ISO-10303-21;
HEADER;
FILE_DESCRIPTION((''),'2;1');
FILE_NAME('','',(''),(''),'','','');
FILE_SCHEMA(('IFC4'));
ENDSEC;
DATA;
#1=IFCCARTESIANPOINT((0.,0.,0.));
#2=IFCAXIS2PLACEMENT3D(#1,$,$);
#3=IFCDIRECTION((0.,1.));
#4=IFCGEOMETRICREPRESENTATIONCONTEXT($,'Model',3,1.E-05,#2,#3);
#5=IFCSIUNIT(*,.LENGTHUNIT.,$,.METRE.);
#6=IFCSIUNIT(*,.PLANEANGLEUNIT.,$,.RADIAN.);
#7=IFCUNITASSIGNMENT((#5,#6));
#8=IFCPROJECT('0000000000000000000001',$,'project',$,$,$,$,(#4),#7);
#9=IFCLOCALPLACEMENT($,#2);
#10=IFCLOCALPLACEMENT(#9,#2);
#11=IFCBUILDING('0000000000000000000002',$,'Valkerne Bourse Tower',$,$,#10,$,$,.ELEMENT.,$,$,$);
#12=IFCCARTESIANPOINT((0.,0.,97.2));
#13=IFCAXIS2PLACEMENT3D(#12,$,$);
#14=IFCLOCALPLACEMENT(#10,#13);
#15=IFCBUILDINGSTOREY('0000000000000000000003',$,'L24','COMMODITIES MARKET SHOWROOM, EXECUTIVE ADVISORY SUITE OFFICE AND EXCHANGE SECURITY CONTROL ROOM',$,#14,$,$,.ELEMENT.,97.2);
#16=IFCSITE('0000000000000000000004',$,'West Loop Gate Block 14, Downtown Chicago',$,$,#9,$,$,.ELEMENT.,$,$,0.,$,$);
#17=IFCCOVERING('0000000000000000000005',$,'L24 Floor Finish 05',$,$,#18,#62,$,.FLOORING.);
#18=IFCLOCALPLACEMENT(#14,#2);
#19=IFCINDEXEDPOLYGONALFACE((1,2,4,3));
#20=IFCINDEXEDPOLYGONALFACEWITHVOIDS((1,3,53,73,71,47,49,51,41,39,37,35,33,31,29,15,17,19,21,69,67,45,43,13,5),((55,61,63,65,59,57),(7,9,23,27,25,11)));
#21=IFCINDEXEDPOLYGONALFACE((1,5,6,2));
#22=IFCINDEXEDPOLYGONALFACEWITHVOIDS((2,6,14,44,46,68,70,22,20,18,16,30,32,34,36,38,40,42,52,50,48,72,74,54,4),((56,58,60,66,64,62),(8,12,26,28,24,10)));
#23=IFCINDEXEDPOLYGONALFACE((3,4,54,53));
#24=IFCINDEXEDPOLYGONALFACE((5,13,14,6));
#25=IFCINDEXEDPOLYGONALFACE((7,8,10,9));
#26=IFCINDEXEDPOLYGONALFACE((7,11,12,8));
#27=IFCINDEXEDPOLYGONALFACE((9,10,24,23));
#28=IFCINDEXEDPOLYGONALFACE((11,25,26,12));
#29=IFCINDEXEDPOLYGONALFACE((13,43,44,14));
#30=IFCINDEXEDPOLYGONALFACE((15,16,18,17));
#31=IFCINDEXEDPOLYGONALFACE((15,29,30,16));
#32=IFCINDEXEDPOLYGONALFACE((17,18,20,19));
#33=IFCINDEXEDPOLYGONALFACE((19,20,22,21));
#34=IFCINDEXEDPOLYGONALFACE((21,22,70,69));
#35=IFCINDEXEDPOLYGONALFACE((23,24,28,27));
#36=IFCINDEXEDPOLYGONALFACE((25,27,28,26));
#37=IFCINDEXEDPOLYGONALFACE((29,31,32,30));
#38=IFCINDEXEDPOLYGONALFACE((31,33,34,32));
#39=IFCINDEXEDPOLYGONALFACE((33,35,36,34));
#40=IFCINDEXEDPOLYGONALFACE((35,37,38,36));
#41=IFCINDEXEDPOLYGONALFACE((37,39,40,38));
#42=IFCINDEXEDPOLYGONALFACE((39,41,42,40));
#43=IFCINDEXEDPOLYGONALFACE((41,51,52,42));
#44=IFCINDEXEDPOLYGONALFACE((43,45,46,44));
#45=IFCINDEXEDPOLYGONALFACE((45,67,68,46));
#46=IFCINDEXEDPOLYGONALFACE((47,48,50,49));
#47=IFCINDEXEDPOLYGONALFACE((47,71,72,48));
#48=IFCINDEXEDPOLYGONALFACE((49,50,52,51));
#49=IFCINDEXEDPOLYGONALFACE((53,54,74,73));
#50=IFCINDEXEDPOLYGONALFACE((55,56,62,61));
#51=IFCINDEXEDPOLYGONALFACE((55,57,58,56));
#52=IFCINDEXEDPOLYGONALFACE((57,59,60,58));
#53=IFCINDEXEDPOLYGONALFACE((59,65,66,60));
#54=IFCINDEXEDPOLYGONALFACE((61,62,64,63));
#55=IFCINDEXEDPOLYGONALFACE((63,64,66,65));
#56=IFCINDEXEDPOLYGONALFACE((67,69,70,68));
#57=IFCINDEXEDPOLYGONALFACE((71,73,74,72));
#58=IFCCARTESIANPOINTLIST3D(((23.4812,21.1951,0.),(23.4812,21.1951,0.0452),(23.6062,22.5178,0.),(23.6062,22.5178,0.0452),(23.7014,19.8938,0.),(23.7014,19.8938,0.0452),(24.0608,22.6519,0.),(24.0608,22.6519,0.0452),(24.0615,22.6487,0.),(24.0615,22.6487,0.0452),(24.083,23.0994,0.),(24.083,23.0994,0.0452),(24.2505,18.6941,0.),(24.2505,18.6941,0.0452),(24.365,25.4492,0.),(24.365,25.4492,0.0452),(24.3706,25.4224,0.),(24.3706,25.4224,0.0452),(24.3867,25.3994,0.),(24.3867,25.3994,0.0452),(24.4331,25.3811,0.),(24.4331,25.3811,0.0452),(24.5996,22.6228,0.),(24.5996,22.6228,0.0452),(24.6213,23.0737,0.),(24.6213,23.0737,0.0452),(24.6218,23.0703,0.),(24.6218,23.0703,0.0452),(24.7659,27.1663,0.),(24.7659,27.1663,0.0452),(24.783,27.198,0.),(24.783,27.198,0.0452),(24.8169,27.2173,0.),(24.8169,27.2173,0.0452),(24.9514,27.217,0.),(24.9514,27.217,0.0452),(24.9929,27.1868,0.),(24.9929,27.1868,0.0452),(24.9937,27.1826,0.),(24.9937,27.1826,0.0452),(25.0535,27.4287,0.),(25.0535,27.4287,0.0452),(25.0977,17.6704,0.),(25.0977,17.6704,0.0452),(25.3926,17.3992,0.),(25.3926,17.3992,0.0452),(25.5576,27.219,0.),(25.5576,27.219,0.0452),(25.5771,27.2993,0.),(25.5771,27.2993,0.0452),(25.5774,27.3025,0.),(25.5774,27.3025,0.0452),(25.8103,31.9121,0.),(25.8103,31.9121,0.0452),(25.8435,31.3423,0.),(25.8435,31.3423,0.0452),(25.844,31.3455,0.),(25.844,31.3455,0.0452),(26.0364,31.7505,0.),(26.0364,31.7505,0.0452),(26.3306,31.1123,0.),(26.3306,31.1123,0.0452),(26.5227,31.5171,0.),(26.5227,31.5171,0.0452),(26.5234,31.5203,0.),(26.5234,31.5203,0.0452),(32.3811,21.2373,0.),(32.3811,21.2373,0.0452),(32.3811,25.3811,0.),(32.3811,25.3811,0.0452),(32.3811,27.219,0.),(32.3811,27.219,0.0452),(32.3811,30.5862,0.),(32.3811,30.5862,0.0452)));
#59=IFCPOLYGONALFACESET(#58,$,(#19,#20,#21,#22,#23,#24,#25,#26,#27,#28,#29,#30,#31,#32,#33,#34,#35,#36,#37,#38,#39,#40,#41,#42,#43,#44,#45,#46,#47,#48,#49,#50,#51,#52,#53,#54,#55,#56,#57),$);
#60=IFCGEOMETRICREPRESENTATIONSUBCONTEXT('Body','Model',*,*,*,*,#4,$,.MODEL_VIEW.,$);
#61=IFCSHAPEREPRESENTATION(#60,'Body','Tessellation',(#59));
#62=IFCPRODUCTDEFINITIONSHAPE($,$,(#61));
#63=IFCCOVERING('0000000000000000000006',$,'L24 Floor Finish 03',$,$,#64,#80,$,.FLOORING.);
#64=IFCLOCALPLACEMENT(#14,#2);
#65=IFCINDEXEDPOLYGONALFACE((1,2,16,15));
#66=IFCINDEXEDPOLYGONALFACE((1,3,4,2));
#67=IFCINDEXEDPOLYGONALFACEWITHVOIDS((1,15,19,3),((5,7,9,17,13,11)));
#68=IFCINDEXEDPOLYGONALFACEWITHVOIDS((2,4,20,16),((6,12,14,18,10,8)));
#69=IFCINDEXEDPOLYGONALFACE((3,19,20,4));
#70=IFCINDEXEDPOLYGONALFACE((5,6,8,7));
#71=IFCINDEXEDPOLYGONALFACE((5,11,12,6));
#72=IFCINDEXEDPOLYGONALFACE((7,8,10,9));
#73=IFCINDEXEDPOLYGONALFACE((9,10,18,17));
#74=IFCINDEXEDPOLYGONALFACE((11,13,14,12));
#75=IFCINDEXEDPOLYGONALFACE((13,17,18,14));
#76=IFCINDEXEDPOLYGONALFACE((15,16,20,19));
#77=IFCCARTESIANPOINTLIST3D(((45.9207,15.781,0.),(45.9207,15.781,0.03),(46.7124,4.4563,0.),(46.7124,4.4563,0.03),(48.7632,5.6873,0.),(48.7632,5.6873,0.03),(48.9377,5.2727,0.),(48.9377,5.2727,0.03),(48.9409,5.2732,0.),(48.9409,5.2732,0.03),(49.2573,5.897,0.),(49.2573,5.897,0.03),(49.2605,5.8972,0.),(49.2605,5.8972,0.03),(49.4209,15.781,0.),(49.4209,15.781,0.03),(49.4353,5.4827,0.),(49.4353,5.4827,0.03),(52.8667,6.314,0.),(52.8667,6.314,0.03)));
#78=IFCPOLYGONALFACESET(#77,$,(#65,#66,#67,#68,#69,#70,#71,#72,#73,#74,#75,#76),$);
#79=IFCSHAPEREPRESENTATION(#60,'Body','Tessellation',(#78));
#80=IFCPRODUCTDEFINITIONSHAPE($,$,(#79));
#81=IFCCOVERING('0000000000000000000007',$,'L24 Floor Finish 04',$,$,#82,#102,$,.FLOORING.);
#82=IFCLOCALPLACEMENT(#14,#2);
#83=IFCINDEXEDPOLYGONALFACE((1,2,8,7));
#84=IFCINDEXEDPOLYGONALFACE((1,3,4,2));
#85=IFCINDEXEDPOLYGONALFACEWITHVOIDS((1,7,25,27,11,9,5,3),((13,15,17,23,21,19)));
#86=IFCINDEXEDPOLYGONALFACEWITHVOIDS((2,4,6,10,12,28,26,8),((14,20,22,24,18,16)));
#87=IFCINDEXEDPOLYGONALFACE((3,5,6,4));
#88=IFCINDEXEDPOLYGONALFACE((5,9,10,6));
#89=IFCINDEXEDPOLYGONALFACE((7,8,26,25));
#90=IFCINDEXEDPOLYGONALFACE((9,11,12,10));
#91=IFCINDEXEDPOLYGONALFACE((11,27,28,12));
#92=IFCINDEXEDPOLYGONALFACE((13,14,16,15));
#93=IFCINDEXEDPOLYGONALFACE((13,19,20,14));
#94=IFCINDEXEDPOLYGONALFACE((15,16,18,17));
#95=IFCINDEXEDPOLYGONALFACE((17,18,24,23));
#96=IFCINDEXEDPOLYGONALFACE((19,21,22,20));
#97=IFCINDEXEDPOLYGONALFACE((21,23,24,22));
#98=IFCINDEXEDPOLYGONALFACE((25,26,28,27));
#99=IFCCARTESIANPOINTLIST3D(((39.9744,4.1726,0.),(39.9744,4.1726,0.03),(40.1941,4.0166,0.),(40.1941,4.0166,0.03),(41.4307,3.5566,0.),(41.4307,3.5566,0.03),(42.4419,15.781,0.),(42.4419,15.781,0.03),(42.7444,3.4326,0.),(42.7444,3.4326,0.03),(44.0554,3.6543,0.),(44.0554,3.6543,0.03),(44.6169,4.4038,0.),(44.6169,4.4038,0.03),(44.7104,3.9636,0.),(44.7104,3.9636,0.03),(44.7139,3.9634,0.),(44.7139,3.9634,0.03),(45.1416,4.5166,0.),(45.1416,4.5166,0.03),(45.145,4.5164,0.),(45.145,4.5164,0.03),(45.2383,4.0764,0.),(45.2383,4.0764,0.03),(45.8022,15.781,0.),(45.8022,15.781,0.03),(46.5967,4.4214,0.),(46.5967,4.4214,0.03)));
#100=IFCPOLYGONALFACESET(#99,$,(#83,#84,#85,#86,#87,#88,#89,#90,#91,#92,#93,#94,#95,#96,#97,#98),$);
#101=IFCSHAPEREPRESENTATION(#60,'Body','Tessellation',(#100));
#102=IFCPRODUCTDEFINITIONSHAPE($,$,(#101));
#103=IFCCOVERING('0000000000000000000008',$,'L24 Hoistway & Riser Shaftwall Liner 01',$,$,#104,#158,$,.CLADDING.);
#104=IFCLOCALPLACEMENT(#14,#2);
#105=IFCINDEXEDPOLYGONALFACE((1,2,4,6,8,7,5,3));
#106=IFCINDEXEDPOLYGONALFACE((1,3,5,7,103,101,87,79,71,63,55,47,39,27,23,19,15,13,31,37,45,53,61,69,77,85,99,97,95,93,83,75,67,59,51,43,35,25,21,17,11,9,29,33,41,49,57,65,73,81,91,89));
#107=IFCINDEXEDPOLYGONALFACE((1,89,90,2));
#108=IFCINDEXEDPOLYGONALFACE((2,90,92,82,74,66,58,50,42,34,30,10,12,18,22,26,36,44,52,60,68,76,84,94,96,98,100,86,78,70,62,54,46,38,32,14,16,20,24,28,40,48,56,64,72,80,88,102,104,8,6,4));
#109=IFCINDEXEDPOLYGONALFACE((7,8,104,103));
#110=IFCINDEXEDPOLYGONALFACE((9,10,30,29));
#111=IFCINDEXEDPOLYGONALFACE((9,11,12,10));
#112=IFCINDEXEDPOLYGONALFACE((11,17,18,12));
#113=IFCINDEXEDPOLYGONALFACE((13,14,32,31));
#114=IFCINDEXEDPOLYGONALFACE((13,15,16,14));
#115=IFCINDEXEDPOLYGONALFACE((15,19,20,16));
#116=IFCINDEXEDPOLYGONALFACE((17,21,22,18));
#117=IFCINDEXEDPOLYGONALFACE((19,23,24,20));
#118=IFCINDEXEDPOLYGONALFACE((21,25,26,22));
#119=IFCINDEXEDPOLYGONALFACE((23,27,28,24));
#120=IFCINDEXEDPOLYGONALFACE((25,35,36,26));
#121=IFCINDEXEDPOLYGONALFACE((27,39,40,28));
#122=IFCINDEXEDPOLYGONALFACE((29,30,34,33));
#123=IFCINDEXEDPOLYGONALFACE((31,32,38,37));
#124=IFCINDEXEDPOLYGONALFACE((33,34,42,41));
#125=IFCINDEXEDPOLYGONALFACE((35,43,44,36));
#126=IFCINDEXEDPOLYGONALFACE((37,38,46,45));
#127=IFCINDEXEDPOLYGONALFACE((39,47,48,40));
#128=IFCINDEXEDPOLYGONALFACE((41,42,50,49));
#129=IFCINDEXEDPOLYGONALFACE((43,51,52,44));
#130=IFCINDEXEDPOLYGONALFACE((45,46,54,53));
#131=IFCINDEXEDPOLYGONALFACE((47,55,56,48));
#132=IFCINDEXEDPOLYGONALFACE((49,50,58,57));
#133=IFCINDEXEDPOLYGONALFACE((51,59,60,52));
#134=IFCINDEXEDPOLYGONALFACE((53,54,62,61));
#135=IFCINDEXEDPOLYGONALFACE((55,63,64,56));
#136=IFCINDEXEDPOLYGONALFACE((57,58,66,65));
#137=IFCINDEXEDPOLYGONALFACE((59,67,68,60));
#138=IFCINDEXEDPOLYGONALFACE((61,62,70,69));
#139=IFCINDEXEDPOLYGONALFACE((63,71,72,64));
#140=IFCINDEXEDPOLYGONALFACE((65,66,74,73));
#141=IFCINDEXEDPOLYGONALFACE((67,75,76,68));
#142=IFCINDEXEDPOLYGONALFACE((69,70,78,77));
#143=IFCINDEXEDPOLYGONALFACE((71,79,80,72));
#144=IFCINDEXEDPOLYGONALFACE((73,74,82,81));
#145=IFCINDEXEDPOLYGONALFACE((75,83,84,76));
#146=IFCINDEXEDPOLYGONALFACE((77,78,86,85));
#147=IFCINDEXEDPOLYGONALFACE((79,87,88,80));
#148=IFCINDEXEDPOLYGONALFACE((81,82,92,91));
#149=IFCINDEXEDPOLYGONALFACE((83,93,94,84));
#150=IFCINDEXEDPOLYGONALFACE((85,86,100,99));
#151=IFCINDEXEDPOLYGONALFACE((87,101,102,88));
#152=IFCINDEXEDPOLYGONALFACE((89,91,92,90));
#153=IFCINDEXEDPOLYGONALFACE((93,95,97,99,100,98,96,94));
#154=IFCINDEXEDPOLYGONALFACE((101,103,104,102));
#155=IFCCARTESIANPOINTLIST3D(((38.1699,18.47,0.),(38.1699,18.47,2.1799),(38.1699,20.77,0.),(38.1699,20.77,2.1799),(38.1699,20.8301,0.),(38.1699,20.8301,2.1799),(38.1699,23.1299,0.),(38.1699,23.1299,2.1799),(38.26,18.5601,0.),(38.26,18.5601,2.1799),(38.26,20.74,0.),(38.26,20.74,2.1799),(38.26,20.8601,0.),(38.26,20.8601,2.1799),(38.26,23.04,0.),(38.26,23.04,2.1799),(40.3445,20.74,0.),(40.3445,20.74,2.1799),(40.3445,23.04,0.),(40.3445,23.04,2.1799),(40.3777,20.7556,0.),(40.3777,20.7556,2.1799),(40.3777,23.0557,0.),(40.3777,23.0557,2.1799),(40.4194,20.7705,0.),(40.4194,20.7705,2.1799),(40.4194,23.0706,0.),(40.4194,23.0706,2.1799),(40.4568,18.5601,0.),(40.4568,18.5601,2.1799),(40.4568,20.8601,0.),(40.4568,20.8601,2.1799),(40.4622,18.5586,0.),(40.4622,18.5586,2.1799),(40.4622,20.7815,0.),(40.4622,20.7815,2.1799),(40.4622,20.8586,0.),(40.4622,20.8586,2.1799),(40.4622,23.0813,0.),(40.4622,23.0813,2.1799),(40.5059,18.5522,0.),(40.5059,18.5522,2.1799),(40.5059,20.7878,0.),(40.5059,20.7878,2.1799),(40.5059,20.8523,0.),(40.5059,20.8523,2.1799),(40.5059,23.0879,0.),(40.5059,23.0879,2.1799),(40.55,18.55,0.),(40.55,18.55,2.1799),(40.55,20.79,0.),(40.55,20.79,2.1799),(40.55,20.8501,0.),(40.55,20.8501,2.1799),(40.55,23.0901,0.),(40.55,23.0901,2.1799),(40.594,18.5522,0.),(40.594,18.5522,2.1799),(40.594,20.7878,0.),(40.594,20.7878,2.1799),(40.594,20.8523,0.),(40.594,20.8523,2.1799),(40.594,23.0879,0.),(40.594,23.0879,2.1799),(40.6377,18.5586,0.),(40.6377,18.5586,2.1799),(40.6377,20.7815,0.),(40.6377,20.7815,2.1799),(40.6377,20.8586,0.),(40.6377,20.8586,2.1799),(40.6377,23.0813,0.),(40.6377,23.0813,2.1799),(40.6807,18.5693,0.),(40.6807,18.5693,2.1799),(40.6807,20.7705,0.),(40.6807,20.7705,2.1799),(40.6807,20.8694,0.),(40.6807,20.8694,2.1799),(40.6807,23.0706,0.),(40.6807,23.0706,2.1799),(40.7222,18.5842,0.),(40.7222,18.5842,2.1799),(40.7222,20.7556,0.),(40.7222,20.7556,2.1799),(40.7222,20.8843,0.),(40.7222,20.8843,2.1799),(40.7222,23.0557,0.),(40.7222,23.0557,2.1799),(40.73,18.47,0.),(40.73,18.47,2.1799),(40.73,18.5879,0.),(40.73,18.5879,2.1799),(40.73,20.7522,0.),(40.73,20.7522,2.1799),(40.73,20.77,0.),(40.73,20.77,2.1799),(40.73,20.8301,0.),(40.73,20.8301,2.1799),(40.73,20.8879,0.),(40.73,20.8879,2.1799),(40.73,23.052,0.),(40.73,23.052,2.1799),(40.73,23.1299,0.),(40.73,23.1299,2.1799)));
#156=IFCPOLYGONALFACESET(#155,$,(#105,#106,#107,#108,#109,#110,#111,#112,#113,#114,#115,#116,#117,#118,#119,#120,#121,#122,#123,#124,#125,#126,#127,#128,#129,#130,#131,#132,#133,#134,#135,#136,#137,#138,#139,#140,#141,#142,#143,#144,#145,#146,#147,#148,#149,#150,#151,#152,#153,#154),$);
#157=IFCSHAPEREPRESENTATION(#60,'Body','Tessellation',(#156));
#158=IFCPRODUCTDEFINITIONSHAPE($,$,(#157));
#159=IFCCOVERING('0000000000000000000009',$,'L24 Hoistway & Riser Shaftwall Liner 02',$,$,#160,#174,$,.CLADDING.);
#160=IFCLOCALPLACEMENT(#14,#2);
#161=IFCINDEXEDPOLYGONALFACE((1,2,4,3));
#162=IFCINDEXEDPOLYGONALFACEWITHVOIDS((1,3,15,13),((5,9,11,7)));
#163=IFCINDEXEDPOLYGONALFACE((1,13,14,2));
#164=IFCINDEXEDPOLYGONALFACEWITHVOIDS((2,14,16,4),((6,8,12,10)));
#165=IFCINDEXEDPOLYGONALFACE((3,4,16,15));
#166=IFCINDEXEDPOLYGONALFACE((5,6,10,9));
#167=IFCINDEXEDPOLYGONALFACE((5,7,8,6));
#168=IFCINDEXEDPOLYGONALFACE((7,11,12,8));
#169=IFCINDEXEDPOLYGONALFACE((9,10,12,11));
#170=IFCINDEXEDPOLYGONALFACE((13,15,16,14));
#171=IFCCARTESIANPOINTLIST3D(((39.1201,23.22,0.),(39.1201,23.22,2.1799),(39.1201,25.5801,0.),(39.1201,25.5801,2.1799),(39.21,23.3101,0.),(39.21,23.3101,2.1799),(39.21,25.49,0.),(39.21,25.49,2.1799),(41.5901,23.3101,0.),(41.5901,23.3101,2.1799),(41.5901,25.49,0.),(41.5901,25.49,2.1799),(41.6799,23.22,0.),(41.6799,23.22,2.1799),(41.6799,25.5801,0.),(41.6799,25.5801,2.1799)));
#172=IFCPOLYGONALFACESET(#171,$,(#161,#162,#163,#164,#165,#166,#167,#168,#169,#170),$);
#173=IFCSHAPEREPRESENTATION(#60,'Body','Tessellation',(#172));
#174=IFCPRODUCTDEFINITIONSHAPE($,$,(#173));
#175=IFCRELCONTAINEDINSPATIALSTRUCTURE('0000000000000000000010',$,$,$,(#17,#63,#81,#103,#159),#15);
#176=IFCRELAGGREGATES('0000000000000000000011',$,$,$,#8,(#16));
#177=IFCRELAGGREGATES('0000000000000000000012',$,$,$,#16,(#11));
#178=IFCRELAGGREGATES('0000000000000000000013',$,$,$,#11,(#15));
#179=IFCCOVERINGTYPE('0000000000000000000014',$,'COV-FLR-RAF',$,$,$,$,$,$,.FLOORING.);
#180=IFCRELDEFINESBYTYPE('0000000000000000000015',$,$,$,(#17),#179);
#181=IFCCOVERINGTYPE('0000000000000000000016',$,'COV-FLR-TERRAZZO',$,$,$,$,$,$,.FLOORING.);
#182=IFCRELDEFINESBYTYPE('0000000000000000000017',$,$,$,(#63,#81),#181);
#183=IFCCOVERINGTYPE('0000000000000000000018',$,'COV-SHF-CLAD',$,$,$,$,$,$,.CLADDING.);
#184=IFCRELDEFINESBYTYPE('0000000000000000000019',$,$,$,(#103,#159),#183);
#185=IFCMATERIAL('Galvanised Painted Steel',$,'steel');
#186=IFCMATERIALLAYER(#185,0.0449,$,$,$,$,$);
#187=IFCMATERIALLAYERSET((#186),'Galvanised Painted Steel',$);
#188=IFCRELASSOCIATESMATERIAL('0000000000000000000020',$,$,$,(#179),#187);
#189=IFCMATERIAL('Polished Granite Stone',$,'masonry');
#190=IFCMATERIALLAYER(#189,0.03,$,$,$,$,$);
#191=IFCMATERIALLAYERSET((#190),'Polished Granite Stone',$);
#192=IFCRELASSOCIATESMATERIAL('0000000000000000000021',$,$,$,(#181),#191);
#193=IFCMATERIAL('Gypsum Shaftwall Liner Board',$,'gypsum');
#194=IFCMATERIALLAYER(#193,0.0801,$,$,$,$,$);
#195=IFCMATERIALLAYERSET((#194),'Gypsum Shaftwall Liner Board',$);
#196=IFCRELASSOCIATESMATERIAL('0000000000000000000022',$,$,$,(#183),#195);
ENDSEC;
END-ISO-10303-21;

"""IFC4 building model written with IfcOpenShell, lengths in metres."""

from ifc_helpers import new_model, si_unit, direction, frame, origin, place, context, subcontext, project, spatial, polyline, outline, extrude, material, layer, layer_set, type_object, element, save


model = new_model("IFC4")

# Units and contexts
model_context = context("Model", 3, precision=1e-05, world=origin(), true_north=direction((0.0, 1.0)))
body_context = subcontext(model_context, "Body", "Model", "MODEL_VIEW")
ifc_project = project(units=[si_unit("LENGTHUNIT", "METRE"), si_unit("PLANEANGLEUNIT", "RADIAN")], contexts=[model_context])

# Site, building, storey
site_placement = place(None, origin())
site = spatial("IfcSite", under=ifc_project, at=site_placement, Name="West Loop Gate Block 14, Downtown Chicago", CompositionType="ELEMENT", RefElevation=0.0)
building_placement = place(site_placement, origin())
building = spatial("IfcBuilding", under=site, at=building_placement, Name="Valkerne Bourse Tower", CompositionType="ELEMENT")
storey_placement = place(building_placement, frame((0.0, 0.0, 97.2)))
storey = spatial("IfcBuildingStorey", under=building, at=storey_placement, Name="L24", Description="COMMODITIES MARKET SHOWROOM, EXECUTIVE ADVISORY SUITE OFFICE AND EXCHANGE SECURITY CONTROL ROOM", CompositionType="ELEMENT", Elevation=97.2)

# Coverings
ifc_material_1 = material(Name="Galvanised Painted Steel", Category="steel")
ifc_layer_1 = layer(ifc_material_1, 0.0449)
ifc_layer_set_1 = layer_set([ifc_layer_1], Name="Galvanised Painted Steel")
covering_type_1 = type_object("IfcCoveringType", Name="COV-FLR-RAF", PredefinedType="FLOORING", material=ifc_layer_set_1)
covering_1_placement = place(storey_placement, origin())
element("IfcCovering", 1, at=covering_1_placement, inside=storey, type_object=covering_type_1, Name="L24 Floor Finish 05", PredefinedType="FLOORING", context=body_context, shape_type="SweptSolid", body=[
    extrude(outline(polyline([(23.7014, 19.8938), (23.4812, 21.1951), (23.6062, 22.5178), (25.8103, 31.9121), (32.3811, 30.5862), (32.3811, 27.219), (25.5576, 27.219), (25.5771, 27.2993), (25.5774, 27.3025), (25.0535, 27.4287), (24.9937, 27.1826), (24.9929, 27.1868), (24.9514, 27.217), (24.8169, 27.2173), (24.783, 27.198), (24.7659, 27.1663), (24.365, 25.4492), (24.3706, 25.4224), (24.3867, 25.3994), (24.4331, 25.3811), (32.3811, 25.3811), (32.3811, 21.2373), (25.3926, 17.3992), (25.0977, 17.6704), (24.2505, 18.6941), (23.7014, 19.8938)]), holes=[polyline([(24.6213, 23.0737), (24.083, 23.0994), (24.0608, 22.6519), (24.0615, 22.6487), (24.5996, 22.6228), (24.6218, 23.0703), (24.6213, 23.0737)]), polyline([(26.5227, 31.5171), (26.5234, 31.5203), (26.0364, 31.7505), (25.844, 31.3455), (25.8435, 31.3423), (26.3306, 31.1123), (26.5227, 31.5171)])]), origin(), (0.0, 0.0, 1.0), 0.0452),
])
ifc_material_2 = material(Name="Polished Granite Stone", Category="masonry")
ifc_layer_2 = layer(ifc_material_2, 0.03)
ifc_layer_set_2 = layer_set([ifc_layer_2], Name="Polished Granite Stone")
covering_type_2 = type_object("IfcCoveringType", Name="COV-FLR-TERRAZZO", PredefinedType="FLOORING", material=ifc_layer_set_2)
covering_2_placement = place(storey_placement, origin())
element("IfcCovering", 2, at=covering_2_placement, inside=storey, type_object=covering_type_2, Name="L24 Floor Finish 03", PredefinedType="FLOORING", context=body_context, shape_type="SweptSolid", body=[
    extrude(outline(polyline([(49.4209, 15.781), (52.8667, 6.314), (46.7124, 4.4563), (45.9207, 15.781), (49.4209, 15.781)]), holes=[polyline([(49.4353, 5.4827), (49.2605, 5.8972), (49.2573, 5.897), (48.7632, 5.6873), (48.9377, 5.2727), (48.9409, 5.2732), (49.4353, 5.4827)])]), origin(), (0.0, 0.0, 1.0), 0.03),
])
covering_3_placement = place(storey_placement, origin())
element("IfcCovering", 3, at=covering_3_placement, inside=storey, type_object=covering_type_2, Name="L24 Floor Finish 04", PredefinedType="FLOORING", context=body_context, shape_type="SweptSolid", body=[
    extrude(outline(polyline([(41.4307, 3.5566), (40.1941, 4.0166), (39.9744, 4.1726), (42.4419, 15.781), (45.8022, 15.781), (46.5967, 4.4214), (44.0554, 3.6543), (42.7444, 3.4326), (41.4307, 3.5566)]), holes=[polyline([(45.2383, 4.0764), (45.145, 4.5164), (45.1416, 4.5166), (44.6169, 4.4038), (44.7104, 3.9636), (44.7139, 3.9634), (45.2383, 4.0764)])]), origin(), (0.0, 0.0, 1.0), 0.03),
])
ifc_material_3 = material(Name="Gypsum Shaftwall Liner Board", Category="gypsum")
ifc_layer_3 = layer(ifc_material_3, 0.0801)
ifc_layer_set_3 = layer_set([ifc_layer_3], Name="Gypsum Shaftwall Liner Board")
covering_type_3 = type_object("IfcCoveringType", Name="COV-SHF-CLAD", PredefinedType="CLADDING", material=ifc_layer_set_3)
covering_4_placement = place(storey_placement, origin())
element("IfcCovering", 4, at=covering_4_placement, inside=storey, type_object=covering_type_3, Name="L24 Hoistway & Riser Shaftwall Liner 01", PredefinedType="CLADDING", context=body_context, shape_type="SweptSolid", body=[
    extrude(outline(polyline([(38.1699, 23.1299), (40.73, 23.1299), (40.73, 23.052), (40.7222, 23.0557), (40.6807, 23.0706), (40.6377, 23.0813), (40.594, 23.0879), (40.55, 23.0901), (40.5059, 23.0879), (40.4622, 23.0813), (40.4194, 23.0706), (40.3777, 23.0557), (40.3445, 23.04), (38.26, 23.04), (38.26, 20.8601), (40.4568, 20.8601), (40.4622, 20.8586), (40.5059, 20.8523), (40.55, 20.8501), (40.594, 20.8523), (40.6377, 20.8586), (40.6807, 20.8694), (40.7222, 20.8843), (40.73, 20.8879), (40.73, 20.8301), (40.73, 20.77), (40.73, 20.7522), (40.7222, 20.7556), (40.6807, 20.7705), (40.6377, 20.7815), (40.594, 20.7878), (40.55, 20.79), (40.5059, 20.7878), (40.4622, 20.7815), (40.4194, 20.7705), (40.3777, 20.7556), (40.3445, 20.74), (38.26, 20.74), (38.26, 18.5601), (40.4568, 18.5601), (40.4622, 18.5586), (40.5059, 18.5522), (40.55, 18.55), (40.594, 18.5522), (40.6377, 18.5586), (40.6807, 18.5693), (40.7222, 18.5842), (40.73, 18.5879), (40.73, 18.47), (38.1699, 18.47), (38.1699, 20.77), (38.1699, 20.8301), (38.1699, 23.1299)])), origin(), (0.0, 0.0, 1.0), 2.1799),
])
covering_5_placement = place(storey_placement, origin())
element("IfcCovering", 5, at=covering_5_placement, inside=storey, type_object=covering_type_3, Name="L24 Hoistway & Riser Shaftwall Liner 02", PredefinedType="CLADDING", context=body_context, shape_type="SweptSolid", body=[
    extrude(outline(polyline([(41.6799, 23.22), (39.1201, 23.22), (39.1201, 25.5801), (41.6799, 25.5801), (41.6799, 23.22)]), holes=[polyline([(39.21, 25.49), (39.21, 23.3101), (41.5901, 23.3101), (41.5901, 25.49), (39.21, 25.49)])]), origin(), (0.0, 0.0, 1.0), 2.1799),
])

save(model, "model.ifc")
